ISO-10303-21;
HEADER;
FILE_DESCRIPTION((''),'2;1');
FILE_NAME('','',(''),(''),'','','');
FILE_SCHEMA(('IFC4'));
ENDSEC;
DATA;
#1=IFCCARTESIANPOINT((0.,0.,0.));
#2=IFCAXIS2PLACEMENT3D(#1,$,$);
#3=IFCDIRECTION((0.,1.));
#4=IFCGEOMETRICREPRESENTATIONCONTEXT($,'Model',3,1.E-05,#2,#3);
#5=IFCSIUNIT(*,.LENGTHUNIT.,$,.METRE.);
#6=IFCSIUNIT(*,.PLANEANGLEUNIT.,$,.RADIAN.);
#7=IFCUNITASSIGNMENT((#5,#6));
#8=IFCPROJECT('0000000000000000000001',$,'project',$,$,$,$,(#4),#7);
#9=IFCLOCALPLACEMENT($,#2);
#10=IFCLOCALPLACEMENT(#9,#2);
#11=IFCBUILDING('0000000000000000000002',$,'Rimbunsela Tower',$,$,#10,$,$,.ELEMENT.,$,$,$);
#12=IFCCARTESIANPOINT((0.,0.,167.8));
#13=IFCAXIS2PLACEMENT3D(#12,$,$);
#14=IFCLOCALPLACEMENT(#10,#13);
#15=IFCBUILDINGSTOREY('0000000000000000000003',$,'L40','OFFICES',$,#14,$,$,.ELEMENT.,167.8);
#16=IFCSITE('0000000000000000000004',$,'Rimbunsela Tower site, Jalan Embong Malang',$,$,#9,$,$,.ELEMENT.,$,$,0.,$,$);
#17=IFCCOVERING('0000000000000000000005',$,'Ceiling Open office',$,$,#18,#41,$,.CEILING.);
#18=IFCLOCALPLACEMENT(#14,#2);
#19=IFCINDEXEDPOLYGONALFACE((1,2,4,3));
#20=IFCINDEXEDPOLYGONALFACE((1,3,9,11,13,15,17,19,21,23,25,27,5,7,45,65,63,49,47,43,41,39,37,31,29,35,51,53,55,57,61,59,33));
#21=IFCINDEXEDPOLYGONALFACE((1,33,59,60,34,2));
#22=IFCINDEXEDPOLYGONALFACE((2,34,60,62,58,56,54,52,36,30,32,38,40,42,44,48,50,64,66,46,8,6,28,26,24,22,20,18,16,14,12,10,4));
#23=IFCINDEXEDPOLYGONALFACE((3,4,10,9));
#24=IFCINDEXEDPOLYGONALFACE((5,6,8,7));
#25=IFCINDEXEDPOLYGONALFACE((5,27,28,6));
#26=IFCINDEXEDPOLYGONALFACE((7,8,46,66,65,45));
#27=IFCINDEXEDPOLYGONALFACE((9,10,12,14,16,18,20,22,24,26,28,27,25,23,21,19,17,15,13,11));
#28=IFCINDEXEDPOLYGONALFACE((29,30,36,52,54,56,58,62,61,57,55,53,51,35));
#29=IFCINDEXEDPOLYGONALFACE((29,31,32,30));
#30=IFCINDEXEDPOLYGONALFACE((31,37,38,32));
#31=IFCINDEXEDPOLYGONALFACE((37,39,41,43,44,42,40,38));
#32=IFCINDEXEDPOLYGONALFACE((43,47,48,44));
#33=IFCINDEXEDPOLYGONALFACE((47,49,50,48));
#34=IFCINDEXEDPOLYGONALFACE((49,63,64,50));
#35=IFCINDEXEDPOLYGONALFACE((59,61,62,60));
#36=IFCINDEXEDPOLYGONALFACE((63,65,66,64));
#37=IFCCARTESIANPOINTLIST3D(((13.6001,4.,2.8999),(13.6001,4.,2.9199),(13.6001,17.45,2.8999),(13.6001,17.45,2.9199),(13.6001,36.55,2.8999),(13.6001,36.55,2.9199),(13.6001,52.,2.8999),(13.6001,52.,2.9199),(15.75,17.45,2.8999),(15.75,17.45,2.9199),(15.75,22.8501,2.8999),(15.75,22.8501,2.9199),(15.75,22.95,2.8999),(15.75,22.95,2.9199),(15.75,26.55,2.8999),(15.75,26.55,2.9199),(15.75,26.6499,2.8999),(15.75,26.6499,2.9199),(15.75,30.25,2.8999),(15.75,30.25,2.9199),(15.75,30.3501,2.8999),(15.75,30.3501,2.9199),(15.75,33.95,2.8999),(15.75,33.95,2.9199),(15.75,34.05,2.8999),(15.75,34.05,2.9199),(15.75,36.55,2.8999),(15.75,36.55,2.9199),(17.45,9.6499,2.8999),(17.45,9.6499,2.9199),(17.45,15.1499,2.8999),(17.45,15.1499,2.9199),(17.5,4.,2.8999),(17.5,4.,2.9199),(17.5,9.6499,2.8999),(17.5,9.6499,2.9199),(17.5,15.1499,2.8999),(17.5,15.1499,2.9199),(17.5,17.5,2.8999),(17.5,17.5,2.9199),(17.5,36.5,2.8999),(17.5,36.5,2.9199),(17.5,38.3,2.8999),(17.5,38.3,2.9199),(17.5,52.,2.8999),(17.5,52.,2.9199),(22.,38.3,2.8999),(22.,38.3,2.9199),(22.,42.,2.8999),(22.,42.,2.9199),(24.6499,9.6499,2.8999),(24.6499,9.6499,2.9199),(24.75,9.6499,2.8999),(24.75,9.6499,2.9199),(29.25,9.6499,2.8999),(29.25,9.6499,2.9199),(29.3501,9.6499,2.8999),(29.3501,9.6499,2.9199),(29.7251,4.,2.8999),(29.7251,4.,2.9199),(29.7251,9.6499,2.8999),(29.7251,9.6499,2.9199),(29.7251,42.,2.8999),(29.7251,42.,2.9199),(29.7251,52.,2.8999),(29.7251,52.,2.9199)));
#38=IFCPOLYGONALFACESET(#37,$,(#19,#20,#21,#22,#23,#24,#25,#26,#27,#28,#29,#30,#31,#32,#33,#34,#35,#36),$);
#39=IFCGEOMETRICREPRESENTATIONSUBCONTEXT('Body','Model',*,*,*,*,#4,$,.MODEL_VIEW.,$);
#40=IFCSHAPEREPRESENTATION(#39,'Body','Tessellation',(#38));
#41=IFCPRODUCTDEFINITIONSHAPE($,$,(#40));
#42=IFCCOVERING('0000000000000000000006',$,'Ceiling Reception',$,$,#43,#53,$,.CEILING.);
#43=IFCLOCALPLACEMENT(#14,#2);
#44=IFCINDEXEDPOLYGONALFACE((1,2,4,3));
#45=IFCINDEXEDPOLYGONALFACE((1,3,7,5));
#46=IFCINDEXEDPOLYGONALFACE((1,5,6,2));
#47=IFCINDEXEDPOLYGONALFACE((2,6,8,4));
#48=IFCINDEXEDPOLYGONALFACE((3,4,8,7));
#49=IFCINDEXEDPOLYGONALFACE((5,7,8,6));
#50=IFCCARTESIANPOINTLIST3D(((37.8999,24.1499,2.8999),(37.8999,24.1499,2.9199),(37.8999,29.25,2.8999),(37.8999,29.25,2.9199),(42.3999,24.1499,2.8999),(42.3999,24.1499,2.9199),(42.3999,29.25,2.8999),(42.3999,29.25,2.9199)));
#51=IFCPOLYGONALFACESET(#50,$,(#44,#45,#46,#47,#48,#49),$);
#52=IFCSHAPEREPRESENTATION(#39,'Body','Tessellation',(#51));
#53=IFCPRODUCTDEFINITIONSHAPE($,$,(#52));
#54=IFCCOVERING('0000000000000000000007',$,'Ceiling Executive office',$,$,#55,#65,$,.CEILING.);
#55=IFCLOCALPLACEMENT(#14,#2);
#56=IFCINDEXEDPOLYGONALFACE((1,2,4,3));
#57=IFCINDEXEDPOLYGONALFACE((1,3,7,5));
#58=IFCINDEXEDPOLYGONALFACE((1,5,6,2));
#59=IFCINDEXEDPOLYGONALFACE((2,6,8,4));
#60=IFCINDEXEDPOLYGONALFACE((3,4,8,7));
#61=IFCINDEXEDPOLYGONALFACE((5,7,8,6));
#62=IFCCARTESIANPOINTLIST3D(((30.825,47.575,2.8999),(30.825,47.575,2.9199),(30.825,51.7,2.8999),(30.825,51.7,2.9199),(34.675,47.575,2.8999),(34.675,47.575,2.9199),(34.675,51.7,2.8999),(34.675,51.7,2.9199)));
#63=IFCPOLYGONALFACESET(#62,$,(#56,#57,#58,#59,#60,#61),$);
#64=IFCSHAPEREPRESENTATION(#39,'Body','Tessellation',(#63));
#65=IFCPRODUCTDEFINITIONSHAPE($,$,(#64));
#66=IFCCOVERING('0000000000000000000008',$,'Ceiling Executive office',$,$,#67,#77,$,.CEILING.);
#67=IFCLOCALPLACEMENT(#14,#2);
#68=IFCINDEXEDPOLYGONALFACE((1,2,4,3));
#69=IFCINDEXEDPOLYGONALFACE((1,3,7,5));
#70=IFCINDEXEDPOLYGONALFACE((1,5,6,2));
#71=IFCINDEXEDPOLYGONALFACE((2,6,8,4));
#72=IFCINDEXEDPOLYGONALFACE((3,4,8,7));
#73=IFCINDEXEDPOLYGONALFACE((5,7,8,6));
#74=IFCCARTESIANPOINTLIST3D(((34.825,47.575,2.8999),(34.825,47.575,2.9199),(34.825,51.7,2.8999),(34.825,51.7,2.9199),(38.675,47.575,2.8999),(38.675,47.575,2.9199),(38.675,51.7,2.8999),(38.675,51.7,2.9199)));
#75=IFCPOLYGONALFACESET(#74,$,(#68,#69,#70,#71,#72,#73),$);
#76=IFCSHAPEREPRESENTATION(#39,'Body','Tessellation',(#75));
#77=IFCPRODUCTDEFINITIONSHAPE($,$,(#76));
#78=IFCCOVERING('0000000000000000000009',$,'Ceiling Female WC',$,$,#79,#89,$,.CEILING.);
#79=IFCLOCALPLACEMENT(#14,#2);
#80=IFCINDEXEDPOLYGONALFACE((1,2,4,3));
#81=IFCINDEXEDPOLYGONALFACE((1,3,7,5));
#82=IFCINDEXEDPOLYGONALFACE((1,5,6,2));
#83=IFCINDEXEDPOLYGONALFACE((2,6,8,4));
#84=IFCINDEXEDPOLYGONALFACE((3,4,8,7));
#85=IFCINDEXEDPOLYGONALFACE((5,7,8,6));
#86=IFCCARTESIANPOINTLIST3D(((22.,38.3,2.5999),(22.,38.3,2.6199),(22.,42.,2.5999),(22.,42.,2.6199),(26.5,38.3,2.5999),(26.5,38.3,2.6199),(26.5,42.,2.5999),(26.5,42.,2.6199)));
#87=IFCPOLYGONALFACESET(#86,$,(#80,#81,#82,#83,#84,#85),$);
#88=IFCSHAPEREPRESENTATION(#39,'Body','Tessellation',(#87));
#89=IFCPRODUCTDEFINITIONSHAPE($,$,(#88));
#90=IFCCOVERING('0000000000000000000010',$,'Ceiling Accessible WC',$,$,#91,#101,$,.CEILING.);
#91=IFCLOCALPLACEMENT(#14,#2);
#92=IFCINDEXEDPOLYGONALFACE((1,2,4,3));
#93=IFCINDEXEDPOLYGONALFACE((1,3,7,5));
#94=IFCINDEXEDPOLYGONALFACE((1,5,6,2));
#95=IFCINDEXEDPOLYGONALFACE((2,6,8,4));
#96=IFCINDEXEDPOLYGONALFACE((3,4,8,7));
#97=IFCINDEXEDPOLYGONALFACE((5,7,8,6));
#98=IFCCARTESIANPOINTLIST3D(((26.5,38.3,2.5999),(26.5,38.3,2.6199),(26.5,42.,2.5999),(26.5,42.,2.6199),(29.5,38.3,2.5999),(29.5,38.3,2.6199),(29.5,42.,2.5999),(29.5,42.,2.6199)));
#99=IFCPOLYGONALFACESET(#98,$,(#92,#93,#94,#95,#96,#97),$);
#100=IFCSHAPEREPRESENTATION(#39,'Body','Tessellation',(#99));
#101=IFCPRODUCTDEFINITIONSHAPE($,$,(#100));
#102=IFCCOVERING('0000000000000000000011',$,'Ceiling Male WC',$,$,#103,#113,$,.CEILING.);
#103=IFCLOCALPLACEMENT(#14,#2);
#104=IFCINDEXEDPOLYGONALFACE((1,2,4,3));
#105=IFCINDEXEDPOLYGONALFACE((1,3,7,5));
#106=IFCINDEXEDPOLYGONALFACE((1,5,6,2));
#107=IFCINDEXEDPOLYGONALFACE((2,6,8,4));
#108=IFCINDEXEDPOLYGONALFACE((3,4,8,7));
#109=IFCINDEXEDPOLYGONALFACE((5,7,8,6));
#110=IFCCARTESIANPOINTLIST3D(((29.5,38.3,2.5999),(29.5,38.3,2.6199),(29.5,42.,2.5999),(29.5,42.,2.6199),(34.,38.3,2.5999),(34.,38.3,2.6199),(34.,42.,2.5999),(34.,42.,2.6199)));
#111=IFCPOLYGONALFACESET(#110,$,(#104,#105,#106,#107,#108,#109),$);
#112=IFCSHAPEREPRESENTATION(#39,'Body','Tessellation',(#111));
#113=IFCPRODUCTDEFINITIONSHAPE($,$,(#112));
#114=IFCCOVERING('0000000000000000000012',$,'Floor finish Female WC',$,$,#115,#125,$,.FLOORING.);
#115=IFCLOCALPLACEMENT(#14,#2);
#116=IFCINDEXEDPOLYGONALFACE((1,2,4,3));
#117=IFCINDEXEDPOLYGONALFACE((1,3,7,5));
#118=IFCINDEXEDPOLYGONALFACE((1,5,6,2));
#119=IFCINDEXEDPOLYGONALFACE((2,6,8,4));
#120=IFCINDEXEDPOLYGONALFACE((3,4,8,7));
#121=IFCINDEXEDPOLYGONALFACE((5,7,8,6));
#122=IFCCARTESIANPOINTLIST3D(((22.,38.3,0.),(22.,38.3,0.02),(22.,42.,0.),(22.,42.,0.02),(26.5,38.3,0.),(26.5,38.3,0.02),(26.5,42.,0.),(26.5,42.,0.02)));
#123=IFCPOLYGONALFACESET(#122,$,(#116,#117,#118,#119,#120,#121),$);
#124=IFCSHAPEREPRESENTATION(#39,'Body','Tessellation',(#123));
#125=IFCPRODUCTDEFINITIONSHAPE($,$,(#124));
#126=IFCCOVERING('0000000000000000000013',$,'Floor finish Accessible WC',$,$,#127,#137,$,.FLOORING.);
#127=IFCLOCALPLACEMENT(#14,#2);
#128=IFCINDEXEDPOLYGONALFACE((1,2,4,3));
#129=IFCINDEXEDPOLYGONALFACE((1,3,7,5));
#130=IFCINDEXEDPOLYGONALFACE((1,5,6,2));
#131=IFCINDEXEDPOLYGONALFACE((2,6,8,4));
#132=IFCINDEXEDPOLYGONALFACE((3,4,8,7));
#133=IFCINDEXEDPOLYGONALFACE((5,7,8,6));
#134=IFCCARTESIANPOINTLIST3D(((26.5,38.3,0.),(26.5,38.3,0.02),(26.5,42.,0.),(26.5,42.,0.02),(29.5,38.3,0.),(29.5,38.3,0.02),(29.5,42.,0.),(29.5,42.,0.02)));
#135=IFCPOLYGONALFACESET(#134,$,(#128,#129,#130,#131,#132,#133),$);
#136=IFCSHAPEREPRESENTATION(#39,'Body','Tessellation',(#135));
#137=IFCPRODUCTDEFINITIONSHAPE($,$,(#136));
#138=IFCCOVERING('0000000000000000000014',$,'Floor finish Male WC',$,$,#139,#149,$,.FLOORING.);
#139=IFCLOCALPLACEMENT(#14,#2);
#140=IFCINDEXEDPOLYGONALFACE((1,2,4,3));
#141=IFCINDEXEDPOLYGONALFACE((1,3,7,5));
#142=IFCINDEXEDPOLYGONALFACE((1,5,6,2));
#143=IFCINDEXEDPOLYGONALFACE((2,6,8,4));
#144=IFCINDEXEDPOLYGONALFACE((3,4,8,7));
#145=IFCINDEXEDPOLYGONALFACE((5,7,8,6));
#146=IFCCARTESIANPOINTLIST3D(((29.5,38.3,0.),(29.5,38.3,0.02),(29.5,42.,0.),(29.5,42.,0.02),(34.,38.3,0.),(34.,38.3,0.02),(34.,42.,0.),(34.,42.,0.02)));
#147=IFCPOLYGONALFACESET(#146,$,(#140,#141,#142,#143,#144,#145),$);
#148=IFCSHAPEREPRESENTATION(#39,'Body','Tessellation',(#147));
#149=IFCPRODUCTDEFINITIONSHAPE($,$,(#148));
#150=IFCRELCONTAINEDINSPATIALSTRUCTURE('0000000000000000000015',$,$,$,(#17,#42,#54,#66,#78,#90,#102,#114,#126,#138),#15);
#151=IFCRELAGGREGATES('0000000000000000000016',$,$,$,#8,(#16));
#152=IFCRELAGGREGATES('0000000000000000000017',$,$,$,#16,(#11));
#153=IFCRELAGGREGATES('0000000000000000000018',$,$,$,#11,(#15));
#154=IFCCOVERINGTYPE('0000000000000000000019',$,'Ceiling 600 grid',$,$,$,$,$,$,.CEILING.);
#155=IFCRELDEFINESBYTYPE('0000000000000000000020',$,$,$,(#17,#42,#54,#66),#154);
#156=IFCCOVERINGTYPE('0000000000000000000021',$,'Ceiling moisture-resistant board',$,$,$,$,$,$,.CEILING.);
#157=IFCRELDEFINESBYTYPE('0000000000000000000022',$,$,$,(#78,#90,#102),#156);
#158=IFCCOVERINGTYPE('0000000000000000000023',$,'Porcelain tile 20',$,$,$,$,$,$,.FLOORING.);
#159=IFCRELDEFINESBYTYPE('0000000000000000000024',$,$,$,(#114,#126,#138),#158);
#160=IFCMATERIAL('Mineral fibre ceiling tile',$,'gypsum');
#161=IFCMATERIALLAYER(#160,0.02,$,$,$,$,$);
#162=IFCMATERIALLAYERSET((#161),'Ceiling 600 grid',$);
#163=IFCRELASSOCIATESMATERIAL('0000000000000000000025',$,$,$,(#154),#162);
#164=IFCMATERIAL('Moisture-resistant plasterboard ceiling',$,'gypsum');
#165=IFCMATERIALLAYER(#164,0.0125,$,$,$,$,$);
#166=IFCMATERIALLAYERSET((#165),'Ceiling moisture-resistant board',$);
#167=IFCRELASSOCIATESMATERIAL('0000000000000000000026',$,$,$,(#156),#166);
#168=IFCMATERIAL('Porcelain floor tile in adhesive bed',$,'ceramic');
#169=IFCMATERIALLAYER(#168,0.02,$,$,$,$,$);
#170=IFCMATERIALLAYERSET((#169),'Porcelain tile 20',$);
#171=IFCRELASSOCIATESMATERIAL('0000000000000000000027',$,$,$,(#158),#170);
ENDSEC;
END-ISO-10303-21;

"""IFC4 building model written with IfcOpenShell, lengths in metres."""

from ifc_helpers import new_model, si_unit, direction, frame, origin, place, context, subcontext, project, spatial, polyline, outline, extrude, material, layer, layer_set, type_object, element, save


model = new_model("IFC4")

# Units and contexts
model_context = context("Model", 3, precision=1e-05, world=origin(), true_north=direction((0.0, 1.0)))
body_context = subcontext(model_context, "Body", "Model", "MODEL_VIEW")
ifc_project = project(units=[si_unit("LENGTHUNIT", "METRE"), si_unit("PLANEANGLEUNIT", "RADIAN")], contexts=[model_context])

# Site, building, storey
site_placement = place(None, origin())
site = spatial("IfcSite", under=ifc_project, at=site_placement, Name="Rimbunsela Tower site, Jalan Embong Malang", CompositionType="ELEMENT", RefElevation=0.0)
building_placement = place(site_placement, origin())
building = spatial("IfcBuilding", under=site, at=building_placement, Name="Rimbunsela Tower", CompositionType="ELEMENT")
storey_placement = place(building_placement, frame((0.0, 0.0, 167.8)))
storey = spatial("IfcBuildingStorey", under=building, at=storey_placement, Name="L40", Description="OFFICES", CompositionType="ELEMENT", Elevation=167.8)

# Coverings
ifc_material_1 = material(Name="Mineral fibre ceiling tile", Category="gypsum")
ifc_layer_1 = layer(ifc_material_1, 0.02)
ifc_layer_set_1 = layer_set([ifc_layer_1], Name="Ceiling 600 grid")
covering_type_1 = type_object("IfcCoveringType", Name="Ceiling 600 grid", PredefinedType="CEILING", material=ifc_layer_set_1)
covering_1_placement = place(storey_placement, frame((0.0, 0.0, 2.8999)))
element("IfcCovering", 1, at=covering_1_placement, inside=storey, type_object=covering_type_1, Name="Ceiling Open office", PredefinedType="CEILING", context=body_context, shape_type="SweptSolid", body=[
    extrude(outline(polyline([(17.5, 4.0), (13.6001, 4.0), (13.6001, 17.45), (15.75, 17.45), (15.75, 22.8501), (15.75, 22.95), (15.75, 26.55), (15.75, 26.6499), (15.75, 30.25), (15.75, 30.3501), (15.75, 33.95), (15.75, 34.05), (15.75, 36.55), (13.6001, 36.55), (13.6001, 52.0), (17.5, 52.0), (29.7251, 52.0), (29.7251, 42.0), (22.0, 42.0), (22.0, 38.3), (17.5, 38.3), (17.5, 36.5), (17.5, 17.5), (17.5, 15.1499), (17.45, 15.1499), (17.45, 9.6499), (17.5, 9.6499), (24.6499, 9.6499), (24.75, 9.6499), (29.25, 9.6499), (29.3501, 9.6499), (29.7251, 9.6499), (29.7251, 4.0), (17.5, 4.0)])), origin(), (0.0, 0.0, 1.0), 0.02),
])
covering_2_placement = place(storey_placement, frame((0.0, 0.0, 2.8999)))
element("IfcCovering", 2, at=covering_2_placement, inside=storey, type_object=covering_type_1, Name="Ceiling Reception", PredefinedType="CEILING", context=body_context, shape_type="SweptSolid", body=[
    extrude(outline(polyline([(42.3999, 24.1499), (42.3999, 29.25), (37.8999, 29.25), (37.8999, 24.1499), (42.3999, 24.1499)])), origin(), (0.0, 0.0, 1.0), 0.02),
])
covering_3_placement = place(storey_placement, frame((0.0, 0.0, 2.8999)))
element("IfcCovering", 3, at=covering_3_placement, inside=storey, type_object=covering_type_1, Name="Ceiling Executive office", PredefinedType="CEILING", context=body_context, shape_type="SweptSolid", body=[
    extrude(outline(polyline([(34.675, 47.575), (34.675, 51.7), (30.825, 51.7), (30.825, 47.575), (34.675, 47.575)])), origin(), (0.0, 0.0, 1.0), 0.02),
])
covering_4_placement = place(storey_placement, frame((0.0, 0.0, 2.8999)))
element("IfcCovering", 4, at=covering_4_placement, inside=storey, type_object=covering_type_1, Name="Ceiling Executive office", PredefinedType="CEILING", context=body_context, shape_type="SweptSolid", body=[
    extrude(outline(polyline([(38.675, 47.575), (38.675, 51.7), (34.825, 51.7), (34.825, 47.575), (38.675, 47.575)])), origin(), (0.0, 0.0, 1.0), 0.02),
])
ifc_material_2 = material(Name="Moisture-resistant plasterboard ceiling", Category="gypsum")
ifc_layer_2 = layer(ifc_material_2, 0.0125)
ifc_layer_set_2 = layer_set([ifc_layer_2], Name="Ceiling moisture-resistant board")
covering_type_2 = type_object("IfcCoveringType", Name="Ceiling moisture-resistant board", PredefinedType="CEILING", material=ifc_layer_set_2)
covering_5_placement = place(storey_placement, frame((0.0, 0.0, 2.5999)))
element("IfcCovering", 5, at=covering_5_placement, inside=storey, type_object=covering_type_2, Name="Ceiling Female WC", PredefinedType="CEILING", context=body_context, shape_type="SweptSolid", body=[
    extrude(outline(polyline([(26.5, 38.3), (26.5, 42.0), (22.0, 42.0), (22.0, 38.3), (26.5, 38.3)])), origin(), (0.0, 0.0, 1.0), 0.02),
])
covering_6_placement = place(storey_placement, frame((0.0, 0.0, 2.5999)))
element("IfcCovering", 6, at=covering_6_placement, inside=storey, type_object=covering_type_2, Name="Ceiling Accessible WC", PredefinedType="CEILING", context=body_context, shape_type="SweptSolid", body=[
    extrude(outline(polyline([(29.5, 38.3), (29.5, 42.0), (26.5, 42.0), (26.5, 38.3), (29.5, 38.3)])), origin(), (0.0, 0.0, 1.0), 0.02),
])
covering_7_placement = place(storey_placement, frame((0.0, 0.0, 2.5999)))
element("IfcCovering", 7, at=covering_7_placement, inside=storey, type_object=covering_type_2, Name="Ceiling Male WC", PredefinedType="CEILING", context=body_context, shape_type="SweptSolid", body=[
    extrude(outline(polyline([(34.0, 38.3), (34.0, 42.0), (29.5, 42.0), (29.5, 38.3), (34.0, 38.3)])), origin(), (0.0, 0.0, 1.0), 0.02),
])
ifc_material_3 = material(Name="Porcelain floor tile in adhesive bed", Category="ceramic")
ifc_layer_3 = layer(ifc_material_3, 0.02)
ifc_layer_set_3 = layer_set([ifc_layer_3], Name="Porcelain tile 20")
covering_type_3 = type_object("IfcCoveringType", Name="Porcelain tile 20", PredefinedType="FLOORING", material=ifc_layer_set_3)
covering_8_placement = place(storey_placement, origin())
element("IfcCovering", 8, at=covering_8_placement, inside=storey, type_object=covering_type_3, Name="Floor finish Female WC", PredefinedType="FLOORING", context=body_context, shape_type="SweptSolid", body=[
    extrude(outline(polyline([(26.5, 38.3), (26.5, 42.0), (22.0, 42.0), (22.0, 38.3), (26.5, 38.3)])), origin(), (0.0, 0.0, 1.0), 0.02),
])
covering_9_placement = place(storey_placement, origin())
element("IfcCovering", 9, at=covering_9_placement, inside=storey, type_object=covering_type_3, Name="Floor finish Accessible WC", PredefinedType="FLOORING", context=body_context, shape_type="SweptSolid", body=[
    extrude(outline(polyline([(29.5, 38.3), (29.5, 42.0), (26.5, 42.0), (26.5, 38.3), (29.5, 38.3)])), origin(), (0.0, 0.0, 1.0), 0.02),
])
covering_10_placement = place(storey_placement, origin())
element("IfcCovering", 10, at=covering_10_placement, inside=storey, type_object=covering_type_3, Name="Floor finish Male WC", PredefinedType="FLOORING", context=body_context, shape_type="SweptSolid", body=[
    extrude(outline(polyline([(34.0, 38.3), (34.0, 42.0), (29.5, 42.0), (29.5, 38.3), (34.0, 38.3)])), origin(), (0.0, 0.0, 1.0), 0.02),
])

save(model, "model.ifc")
